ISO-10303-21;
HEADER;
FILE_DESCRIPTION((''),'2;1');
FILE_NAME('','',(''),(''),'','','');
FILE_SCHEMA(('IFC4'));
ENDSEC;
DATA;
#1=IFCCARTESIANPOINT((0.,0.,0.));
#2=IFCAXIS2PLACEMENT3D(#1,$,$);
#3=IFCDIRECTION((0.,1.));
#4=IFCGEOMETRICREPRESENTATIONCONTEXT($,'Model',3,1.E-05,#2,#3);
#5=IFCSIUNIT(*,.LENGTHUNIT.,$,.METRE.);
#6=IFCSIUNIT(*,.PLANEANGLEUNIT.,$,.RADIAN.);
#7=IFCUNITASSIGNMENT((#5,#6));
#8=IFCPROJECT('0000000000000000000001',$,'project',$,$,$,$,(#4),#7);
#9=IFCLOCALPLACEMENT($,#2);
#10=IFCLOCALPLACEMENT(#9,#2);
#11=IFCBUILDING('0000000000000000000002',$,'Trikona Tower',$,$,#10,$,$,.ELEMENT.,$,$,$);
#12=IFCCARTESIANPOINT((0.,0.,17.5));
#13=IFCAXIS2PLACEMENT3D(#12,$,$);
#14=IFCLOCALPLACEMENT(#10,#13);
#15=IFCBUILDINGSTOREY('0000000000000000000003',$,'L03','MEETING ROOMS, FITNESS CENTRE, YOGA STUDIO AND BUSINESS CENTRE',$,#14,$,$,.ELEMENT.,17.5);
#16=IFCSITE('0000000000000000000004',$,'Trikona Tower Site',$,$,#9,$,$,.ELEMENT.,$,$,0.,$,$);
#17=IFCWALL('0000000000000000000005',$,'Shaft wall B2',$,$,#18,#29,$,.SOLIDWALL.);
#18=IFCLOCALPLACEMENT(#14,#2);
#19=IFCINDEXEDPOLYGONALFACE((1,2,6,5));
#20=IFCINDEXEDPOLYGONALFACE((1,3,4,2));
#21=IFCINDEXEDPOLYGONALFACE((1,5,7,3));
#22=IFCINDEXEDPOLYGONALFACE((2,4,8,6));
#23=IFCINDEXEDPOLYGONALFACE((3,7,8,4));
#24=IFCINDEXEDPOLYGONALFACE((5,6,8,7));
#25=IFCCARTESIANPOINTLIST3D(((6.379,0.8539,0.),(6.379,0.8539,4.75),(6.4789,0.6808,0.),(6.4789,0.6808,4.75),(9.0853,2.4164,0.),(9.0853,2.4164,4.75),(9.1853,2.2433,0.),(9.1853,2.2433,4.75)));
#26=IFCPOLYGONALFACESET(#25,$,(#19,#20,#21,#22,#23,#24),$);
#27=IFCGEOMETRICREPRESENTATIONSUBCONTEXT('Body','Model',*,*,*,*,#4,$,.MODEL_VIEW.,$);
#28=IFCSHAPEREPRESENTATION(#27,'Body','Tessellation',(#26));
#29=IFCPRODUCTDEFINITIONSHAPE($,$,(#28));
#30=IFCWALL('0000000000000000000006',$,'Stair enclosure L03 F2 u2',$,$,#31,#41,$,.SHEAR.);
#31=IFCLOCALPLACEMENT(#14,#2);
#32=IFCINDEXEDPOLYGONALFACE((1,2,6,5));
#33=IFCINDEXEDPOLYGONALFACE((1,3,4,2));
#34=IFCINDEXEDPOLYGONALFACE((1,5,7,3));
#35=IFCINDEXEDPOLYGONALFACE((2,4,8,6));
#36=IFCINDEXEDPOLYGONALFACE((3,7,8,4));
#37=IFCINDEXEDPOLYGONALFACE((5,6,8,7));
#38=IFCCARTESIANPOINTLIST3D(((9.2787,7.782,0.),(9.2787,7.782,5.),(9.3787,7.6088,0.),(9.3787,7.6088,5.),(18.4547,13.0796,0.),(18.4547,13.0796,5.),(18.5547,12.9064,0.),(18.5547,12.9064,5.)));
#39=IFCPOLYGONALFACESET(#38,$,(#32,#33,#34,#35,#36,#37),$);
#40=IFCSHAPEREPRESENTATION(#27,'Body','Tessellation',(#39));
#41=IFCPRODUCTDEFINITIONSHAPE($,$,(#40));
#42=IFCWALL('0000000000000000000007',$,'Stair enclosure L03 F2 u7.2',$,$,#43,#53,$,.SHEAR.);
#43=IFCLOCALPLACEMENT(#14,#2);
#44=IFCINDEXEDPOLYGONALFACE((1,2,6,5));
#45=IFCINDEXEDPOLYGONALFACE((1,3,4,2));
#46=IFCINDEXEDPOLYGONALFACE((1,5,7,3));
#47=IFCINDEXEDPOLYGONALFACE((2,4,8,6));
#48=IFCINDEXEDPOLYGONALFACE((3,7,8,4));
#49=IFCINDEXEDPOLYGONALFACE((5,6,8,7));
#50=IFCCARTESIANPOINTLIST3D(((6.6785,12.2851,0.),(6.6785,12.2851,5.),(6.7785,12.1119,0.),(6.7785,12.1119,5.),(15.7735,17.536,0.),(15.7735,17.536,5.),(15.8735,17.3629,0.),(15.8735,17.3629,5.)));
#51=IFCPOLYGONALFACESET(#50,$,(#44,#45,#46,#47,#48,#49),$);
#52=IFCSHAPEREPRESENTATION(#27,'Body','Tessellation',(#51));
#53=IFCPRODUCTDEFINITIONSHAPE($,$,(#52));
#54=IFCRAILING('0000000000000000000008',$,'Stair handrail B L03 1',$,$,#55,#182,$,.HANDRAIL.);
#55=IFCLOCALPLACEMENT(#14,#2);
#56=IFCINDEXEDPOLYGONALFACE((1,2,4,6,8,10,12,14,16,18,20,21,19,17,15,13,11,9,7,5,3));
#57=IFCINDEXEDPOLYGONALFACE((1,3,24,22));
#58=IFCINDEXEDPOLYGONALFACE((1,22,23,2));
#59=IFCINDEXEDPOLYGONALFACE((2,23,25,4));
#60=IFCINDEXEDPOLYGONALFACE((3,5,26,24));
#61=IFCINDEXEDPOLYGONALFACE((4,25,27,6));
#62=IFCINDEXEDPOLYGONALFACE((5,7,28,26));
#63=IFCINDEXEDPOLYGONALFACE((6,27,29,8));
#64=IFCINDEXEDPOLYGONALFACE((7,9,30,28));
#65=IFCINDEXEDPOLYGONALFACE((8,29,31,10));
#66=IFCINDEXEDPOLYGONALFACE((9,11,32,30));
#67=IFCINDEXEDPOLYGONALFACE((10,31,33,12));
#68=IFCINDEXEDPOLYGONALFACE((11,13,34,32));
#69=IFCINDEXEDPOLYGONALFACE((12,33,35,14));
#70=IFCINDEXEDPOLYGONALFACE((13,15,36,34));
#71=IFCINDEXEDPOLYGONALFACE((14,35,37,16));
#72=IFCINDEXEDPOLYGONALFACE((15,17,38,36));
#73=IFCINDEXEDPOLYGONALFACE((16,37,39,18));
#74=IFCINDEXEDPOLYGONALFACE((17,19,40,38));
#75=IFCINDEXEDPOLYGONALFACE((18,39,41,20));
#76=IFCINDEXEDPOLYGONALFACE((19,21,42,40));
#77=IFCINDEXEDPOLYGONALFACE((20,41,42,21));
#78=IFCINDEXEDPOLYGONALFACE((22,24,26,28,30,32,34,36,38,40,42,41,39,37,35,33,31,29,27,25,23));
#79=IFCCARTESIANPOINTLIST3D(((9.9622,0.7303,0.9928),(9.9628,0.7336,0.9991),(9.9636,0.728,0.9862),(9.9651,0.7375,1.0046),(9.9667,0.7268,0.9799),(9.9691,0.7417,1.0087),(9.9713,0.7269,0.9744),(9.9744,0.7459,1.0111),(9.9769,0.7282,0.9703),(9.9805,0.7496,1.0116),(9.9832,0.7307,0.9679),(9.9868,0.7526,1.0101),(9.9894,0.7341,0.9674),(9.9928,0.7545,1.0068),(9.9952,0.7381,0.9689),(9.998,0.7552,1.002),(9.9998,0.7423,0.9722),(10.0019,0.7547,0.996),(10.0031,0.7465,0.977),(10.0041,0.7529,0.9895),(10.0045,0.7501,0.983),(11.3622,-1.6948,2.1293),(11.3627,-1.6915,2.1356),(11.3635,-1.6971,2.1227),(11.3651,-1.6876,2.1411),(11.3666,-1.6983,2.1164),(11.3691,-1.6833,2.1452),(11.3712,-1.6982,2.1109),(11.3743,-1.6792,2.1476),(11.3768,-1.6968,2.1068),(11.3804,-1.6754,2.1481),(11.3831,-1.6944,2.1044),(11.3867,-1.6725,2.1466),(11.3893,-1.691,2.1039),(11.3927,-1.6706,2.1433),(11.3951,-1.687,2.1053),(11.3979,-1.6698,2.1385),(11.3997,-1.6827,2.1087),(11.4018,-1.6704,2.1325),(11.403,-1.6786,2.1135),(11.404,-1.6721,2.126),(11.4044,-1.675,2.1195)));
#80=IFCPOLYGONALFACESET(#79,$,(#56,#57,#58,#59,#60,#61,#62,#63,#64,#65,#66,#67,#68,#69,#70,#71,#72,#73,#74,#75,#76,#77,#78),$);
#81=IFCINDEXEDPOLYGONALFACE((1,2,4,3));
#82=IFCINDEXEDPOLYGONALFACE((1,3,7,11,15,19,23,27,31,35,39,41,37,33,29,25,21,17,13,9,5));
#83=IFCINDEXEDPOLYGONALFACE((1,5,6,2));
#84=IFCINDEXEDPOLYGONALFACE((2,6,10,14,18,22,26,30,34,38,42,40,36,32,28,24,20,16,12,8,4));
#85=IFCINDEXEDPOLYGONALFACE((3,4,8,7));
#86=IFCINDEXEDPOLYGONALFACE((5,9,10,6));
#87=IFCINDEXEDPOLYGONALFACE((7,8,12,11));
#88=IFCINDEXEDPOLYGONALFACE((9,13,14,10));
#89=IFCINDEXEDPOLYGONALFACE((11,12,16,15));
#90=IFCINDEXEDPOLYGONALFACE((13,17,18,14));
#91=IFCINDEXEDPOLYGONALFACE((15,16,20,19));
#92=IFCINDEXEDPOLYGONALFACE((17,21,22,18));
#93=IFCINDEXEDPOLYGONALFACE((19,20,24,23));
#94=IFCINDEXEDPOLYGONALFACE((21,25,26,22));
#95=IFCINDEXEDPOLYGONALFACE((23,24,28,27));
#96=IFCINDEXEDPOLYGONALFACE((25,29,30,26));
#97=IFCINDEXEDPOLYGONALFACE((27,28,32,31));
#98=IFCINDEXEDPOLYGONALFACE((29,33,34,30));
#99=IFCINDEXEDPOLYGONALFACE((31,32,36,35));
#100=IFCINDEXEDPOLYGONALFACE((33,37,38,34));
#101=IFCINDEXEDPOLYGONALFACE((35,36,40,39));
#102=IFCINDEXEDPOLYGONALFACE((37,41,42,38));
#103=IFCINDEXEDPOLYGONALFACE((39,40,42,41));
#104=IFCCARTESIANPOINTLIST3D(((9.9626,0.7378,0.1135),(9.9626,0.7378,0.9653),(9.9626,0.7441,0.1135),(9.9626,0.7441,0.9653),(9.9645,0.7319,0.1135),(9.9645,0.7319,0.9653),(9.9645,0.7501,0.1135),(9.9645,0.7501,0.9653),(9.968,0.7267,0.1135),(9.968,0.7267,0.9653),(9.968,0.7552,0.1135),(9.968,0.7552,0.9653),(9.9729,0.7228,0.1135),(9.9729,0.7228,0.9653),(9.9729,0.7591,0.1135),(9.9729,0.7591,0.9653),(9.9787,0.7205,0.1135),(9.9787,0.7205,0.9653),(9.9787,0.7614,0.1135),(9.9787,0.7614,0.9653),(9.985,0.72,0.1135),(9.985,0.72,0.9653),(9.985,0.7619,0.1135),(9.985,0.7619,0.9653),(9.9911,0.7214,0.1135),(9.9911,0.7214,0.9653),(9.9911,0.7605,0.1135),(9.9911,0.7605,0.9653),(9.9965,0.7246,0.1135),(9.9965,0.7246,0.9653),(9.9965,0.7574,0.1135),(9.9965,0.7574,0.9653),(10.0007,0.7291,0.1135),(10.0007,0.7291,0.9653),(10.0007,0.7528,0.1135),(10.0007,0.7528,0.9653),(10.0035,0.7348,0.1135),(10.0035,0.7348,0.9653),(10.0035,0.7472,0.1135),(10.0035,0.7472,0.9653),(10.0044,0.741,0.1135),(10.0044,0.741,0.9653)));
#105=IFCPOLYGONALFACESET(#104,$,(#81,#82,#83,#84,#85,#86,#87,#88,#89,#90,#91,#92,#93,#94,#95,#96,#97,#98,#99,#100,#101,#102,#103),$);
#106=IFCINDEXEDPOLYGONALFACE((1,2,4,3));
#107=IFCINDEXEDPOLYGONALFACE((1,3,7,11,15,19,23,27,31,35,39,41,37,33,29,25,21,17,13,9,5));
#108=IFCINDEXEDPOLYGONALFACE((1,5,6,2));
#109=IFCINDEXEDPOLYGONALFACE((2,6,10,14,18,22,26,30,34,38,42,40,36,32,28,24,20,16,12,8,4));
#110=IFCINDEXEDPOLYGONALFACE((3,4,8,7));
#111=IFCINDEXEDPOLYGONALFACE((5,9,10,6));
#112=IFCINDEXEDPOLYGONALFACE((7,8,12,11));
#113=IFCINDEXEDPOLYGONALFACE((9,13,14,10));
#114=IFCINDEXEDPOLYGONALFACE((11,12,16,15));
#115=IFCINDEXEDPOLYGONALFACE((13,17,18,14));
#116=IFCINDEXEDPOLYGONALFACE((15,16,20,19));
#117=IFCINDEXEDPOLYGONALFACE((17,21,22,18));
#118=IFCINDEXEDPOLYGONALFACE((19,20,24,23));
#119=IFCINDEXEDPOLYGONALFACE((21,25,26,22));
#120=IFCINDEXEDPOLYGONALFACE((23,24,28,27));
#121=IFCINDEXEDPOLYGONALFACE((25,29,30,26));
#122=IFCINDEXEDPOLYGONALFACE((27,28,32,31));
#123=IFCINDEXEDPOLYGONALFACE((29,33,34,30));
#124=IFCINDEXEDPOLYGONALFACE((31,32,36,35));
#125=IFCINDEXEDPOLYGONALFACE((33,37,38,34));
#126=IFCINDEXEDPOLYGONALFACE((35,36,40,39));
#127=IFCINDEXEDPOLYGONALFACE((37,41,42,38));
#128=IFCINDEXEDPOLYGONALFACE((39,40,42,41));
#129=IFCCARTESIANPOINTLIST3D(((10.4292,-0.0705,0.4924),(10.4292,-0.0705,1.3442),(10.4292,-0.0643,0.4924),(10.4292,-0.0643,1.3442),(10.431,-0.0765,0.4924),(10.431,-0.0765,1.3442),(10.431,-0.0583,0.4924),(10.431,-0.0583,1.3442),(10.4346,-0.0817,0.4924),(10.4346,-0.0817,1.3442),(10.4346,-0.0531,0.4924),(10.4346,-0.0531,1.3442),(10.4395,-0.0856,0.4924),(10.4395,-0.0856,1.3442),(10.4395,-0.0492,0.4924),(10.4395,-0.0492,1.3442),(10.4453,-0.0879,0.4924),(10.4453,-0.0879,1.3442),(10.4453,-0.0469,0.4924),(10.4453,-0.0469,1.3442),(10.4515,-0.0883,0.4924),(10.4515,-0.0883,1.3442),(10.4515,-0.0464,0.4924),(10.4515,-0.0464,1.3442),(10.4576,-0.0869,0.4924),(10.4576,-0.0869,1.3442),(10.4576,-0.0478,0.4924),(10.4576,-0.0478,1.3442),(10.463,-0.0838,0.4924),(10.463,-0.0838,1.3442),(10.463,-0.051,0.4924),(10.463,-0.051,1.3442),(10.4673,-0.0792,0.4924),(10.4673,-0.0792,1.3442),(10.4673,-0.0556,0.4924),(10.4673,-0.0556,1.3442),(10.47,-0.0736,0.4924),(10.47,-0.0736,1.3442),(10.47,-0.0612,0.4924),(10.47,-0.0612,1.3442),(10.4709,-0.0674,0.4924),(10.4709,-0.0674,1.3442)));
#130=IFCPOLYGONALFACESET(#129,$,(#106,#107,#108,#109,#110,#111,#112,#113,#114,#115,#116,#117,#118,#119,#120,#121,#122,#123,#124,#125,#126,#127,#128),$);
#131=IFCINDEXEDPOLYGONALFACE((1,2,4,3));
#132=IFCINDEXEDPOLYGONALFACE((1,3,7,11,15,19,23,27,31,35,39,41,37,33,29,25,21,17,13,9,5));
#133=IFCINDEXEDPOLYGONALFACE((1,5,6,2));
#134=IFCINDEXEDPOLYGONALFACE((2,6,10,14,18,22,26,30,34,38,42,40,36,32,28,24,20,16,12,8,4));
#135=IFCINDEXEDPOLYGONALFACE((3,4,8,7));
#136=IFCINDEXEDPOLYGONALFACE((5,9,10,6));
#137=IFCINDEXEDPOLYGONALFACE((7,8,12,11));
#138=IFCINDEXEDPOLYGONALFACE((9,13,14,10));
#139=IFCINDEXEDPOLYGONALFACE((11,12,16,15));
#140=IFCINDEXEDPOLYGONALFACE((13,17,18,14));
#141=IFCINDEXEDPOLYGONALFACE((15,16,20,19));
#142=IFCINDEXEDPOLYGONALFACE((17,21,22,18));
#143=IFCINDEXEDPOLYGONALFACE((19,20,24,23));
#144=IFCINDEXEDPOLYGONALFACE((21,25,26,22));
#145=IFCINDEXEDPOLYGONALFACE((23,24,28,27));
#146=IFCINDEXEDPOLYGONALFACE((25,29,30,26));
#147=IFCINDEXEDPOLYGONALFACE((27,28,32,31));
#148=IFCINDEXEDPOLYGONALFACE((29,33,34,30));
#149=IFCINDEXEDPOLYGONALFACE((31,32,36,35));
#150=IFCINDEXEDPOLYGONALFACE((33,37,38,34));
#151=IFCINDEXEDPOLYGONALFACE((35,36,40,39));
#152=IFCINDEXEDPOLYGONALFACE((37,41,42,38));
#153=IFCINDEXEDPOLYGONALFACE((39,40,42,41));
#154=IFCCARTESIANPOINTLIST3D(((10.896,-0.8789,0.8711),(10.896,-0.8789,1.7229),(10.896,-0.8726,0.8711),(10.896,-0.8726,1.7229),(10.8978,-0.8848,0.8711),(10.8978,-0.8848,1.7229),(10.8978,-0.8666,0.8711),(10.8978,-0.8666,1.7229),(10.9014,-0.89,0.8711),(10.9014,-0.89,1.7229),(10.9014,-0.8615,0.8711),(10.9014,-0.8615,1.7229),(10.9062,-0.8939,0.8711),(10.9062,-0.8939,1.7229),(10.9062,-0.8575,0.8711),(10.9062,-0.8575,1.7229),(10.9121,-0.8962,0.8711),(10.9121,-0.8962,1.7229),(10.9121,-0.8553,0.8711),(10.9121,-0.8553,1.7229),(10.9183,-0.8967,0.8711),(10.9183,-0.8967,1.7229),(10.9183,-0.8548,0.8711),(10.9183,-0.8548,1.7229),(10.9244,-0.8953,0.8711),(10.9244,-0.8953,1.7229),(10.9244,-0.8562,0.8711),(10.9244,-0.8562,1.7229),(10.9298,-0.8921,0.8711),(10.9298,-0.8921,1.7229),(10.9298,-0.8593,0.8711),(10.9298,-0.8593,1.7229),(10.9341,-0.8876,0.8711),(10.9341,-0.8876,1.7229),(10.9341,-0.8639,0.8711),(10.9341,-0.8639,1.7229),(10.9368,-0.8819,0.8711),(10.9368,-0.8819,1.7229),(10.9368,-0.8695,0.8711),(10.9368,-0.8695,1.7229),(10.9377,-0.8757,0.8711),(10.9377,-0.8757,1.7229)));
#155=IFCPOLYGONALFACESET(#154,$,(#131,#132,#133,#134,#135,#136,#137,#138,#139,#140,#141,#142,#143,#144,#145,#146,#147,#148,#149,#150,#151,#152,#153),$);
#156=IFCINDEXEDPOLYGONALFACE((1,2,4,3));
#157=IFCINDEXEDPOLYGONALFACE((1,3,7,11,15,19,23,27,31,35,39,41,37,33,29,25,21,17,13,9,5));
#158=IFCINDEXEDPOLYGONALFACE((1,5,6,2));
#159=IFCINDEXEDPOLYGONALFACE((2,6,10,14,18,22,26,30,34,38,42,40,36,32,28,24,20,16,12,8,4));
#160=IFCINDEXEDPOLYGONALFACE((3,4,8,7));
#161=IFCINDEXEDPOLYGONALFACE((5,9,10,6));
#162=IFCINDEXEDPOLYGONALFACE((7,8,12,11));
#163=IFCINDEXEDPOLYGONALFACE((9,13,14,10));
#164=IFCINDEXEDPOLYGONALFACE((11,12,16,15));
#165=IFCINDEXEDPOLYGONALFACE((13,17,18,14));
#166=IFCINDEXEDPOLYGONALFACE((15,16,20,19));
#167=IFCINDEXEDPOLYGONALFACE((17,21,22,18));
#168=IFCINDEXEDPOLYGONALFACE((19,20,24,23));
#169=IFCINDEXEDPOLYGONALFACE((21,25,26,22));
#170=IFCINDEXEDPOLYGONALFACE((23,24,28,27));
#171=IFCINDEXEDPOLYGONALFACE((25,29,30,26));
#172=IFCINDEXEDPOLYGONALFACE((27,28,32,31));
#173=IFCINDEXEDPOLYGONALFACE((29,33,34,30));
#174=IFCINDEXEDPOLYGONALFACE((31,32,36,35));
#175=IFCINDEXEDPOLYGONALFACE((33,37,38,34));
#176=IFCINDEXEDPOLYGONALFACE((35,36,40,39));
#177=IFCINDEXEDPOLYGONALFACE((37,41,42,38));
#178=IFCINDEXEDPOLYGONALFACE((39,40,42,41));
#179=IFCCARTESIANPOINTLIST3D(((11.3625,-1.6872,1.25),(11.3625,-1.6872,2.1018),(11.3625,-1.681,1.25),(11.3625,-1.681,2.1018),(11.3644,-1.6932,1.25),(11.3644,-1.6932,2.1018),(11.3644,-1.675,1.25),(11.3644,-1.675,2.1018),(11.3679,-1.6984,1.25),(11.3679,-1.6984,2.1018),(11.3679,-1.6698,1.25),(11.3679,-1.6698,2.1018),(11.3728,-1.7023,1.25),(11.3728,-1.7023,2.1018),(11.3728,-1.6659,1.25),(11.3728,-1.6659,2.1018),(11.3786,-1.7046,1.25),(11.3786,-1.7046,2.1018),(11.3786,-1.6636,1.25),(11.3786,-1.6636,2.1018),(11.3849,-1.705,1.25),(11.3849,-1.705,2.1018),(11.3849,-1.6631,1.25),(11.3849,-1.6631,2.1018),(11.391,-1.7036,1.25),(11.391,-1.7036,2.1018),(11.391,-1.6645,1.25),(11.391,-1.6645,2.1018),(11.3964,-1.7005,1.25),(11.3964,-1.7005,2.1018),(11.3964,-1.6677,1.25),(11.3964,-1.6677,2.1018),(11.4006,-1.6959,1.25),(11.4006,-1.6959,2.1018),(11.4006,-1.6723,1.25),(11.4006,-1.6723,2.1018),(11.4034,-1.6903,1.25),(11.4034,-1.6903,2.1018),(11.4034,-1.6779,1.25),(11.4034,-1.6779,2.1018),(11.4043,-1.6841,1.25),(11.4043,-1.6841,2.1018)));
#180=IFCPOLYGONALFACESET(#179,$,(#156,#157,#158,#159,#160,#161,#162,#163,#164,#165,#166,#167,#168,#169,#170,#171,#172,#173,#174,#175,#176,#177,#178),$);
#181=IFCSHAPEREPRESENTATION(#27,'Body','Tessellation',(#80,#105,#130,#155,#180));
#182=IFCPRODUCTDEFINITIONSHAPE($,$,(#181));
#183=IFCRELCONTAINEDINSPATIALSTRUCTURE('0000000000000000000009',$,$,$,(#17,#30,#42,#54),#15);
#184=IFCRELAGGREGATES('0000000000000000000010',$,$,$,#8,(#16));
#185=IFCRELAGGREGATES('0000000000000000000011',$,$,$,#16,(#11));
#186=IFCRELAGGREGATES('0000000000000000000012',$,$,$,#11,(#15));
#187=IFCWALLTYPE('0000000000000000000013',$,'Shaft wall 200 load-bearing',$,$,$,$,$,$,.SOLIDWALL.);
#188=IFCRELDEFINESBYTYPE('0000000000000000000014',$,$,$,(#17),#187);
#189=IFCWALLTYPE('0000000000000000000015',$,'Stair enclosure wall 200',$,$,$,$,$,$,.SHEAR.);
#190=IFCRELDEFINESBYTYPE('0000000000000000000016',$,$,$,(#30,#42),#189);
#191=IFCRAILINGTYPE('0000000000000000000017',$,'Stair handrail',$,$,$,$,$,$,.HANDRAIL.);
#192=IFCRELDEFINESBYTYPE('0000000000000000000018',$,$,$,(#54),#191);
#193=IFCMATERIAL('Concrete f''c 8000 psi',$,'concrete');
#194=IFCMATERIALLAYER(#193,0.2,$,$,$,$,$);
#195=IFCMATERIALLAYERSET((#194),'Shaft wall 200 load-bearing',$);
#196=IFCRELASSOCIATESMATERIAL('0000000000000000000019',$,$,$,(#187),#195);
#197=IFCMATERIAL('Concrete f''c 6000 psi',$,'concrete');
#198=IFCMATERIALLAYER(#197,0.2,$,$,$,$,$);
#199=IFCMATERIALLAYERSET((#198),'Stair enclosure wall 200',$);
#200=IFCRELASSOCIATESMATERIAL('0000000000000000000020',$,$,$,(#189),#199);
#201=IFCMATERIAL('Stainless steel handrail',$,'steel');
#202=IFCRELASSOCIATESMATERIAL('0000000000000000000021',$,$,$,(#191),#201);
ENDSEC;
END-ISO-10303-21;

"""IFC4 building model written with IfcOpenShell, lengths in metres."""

from ifc_helpers import new_model, si_unit, direction, frame, frame_2d, origin, origin_2d, place, context, subcontext, project, spatial, rectangle, circle, extrude, material, layer, layer_set, type_object, element, save


model = new_model("IFC4")

# Units and contexts
model_context = context("Model", 3, precision=1e-05, world=origin(), true_north=direction((0.0, 1.0)))
body_context = subcontext(model_context, "Body", "Model", "MODEL_VIEW")
ifc_project = project(units=[si_unit("LENGTHUNIT", "METRE"), si_unit("PLANEANGLEUNIT", "RADIAN")], contexts=[model_context])

# Site, building, storey
site_placement = place(None, origin())
site = spatial("IfcSite", under=ifc_project, at=site_placement, Name="Trikona Tower Site", CompositionType="ELEMENT", RefElevation=0.0)
building_placement = place(site_placement, origin())
building = spatial("IfcBuilding", under=site, at=building_placement, Name="Trikona Tower", CompositionType="ELEMENT")
storey_placement = place(building_placement, frame((0.0, 0.0, 17.5)))
storey = spatial("IfcBuildingStorey", under=building, at=storey_placement, Name="L03", Description="MEETING ROOMS, FITNESS CENTRE, YOGA STUDIO AND BUSINESS CENTRE", CompositionType="ELEMENT", Elevation=17.5)

# Walls
ifc_material_1 = material(Name="Concrete f'c 8000 psi", Category="concrete")
ifc_layer_1 = layer(ifc_material_1, 0.2)
ifc_layer_set_1 = layer_set([ifc_layer_1], Name="Shaft wall 200 load-bearing")
wall_type_1 = type_object("IfcWallType", Name="Shaft wall 200 load-bearing", PredefinedType="SOLIDWALL", material=ifc_layer_set_1)
wall_1_placement = place(storey_placement, frame((6.429, 0.7673, 0.0), z_axis=(0.0, 0.0, 1.0), x_axis=(0.866023, 0.500004, 0.0)))
element("IfcWall", 1, at=wall_1_placement, inside=storey, type_object=wall_type_1, Name="Shaft wall B2", PredefinedType="SOLIDWALL", context=body_context, shape_type="SweptSolid", body=[
    extrude(rectangle(XDim=3.125, YDim=0.2, at=frame_2d((1.5625, 0.0))), origin(), (0.0, 0.0, 1.0), 4.75),
])
ifc_material_2 = material(Name="Concrete f'c 6000 psi", Category="concrete")
ifc_layer_2 = layer(ifc_material_2, 0.2)
ifc_layer_set_2 = layer_set([ifc_layer_2], Name="Stair enclosure wall 200")
wall_type_2 = type_object("IfcWallType", Name="Stair enclosure wall 200", PredefinedType="SHEAR", material=ifc_layer_set_2)
wall_2_placement = place(storey_placement, frame((9.3286, 7.6953, 0.0), z_axis=(0.0, 0.0, 1.0), x_axis=(0.866032, 0.499988, 0.0)))
element("IfcWall", 2, at=wall_2_placement, inside=storey, type_object=wall_type_2, Name="Stair enclosure L03 F2 u2", PredefinedType="SHEAR", context=body_context, shape_type="SweptSolid", body=[
    extrude(rectangle(XDim=10.5955, YDim=0.2, at=frame_2d((5.2979, 0.0))), origin(), (0.0, 0.0, 1.0), 5.0),
])
wall_3_placement = place(storey_placement, frame((6.7285, 12.1985, 0.0), z_axis=(0.0, 0.0, 1.0), x_axis=(0.866026, 0.499999, 0.0)))
element("IfcWall", 3, at=wall_3_placement, inside=storey, type_object=wall_type_2, Name="Stair enclosure L03 F2 u7.2", PredefinedType="SHEAR", context=body_context, shape_type="SweptSolid", body=[
    extrude(rectangle(XDim=10.502, YDim=0.2, at=frame_2d((5.251, 0.0))), origin(), (0.0, 0.0, 1.0), 5.0),
])

# Railing
ifc_material_3 = material(Name="Stainless steel handrail", Category="steel")
railing_type = type_object("IfcRailingType", Name="Stair handrail", PredefinedType="HANDRAIL", material=ifc_material_3)
for number, where, name in (
    (4, (9.9834, 0.741, 0.1135), "Stair handrail B L03 1"),
):
    element("IfcRailing", number, at=place(storey_placement, frame(where)), inside=storey, type_object=railing_type, Name=name, PredefinedType="HANDRAIL", context=body_context, shape_type="SweptSolid", body=[
        extrude(circle(Radius=0.0239, at=origin_2d()), frame((0.0, 0.0, 0.876), z_axis=(0.463245, -0.802479, 0.376074), x_axis=(0.866056, 0.499946, 0.0)), (0.0, 0.0, 1.0), 3.022),
        extrude(circle(Radius=0.021, at=origin_2d()), origin(), (0.0, 0.0, 1.0), 0.8518),
        extrude(circle(Radius=0.021, at=origin_2d()), frame((0.4666, -0.8083, 0.3789)), (0.0, 0.0, 1.0), 0.8518),
        extrude(circle(Radius=0.021, at=origin_2d()), frame((0.9333, -1.6167, 0.7576)), (0.0, 0.0, 1.0), 0.8518),
        extrude(circle(Radius=0.021, at=origin_2d()), frame((1.3999, -2.425, 1.1365)), (0.0, 0.0, 1.0), 0.8518),
    ])

save(model, "model.ifc")
